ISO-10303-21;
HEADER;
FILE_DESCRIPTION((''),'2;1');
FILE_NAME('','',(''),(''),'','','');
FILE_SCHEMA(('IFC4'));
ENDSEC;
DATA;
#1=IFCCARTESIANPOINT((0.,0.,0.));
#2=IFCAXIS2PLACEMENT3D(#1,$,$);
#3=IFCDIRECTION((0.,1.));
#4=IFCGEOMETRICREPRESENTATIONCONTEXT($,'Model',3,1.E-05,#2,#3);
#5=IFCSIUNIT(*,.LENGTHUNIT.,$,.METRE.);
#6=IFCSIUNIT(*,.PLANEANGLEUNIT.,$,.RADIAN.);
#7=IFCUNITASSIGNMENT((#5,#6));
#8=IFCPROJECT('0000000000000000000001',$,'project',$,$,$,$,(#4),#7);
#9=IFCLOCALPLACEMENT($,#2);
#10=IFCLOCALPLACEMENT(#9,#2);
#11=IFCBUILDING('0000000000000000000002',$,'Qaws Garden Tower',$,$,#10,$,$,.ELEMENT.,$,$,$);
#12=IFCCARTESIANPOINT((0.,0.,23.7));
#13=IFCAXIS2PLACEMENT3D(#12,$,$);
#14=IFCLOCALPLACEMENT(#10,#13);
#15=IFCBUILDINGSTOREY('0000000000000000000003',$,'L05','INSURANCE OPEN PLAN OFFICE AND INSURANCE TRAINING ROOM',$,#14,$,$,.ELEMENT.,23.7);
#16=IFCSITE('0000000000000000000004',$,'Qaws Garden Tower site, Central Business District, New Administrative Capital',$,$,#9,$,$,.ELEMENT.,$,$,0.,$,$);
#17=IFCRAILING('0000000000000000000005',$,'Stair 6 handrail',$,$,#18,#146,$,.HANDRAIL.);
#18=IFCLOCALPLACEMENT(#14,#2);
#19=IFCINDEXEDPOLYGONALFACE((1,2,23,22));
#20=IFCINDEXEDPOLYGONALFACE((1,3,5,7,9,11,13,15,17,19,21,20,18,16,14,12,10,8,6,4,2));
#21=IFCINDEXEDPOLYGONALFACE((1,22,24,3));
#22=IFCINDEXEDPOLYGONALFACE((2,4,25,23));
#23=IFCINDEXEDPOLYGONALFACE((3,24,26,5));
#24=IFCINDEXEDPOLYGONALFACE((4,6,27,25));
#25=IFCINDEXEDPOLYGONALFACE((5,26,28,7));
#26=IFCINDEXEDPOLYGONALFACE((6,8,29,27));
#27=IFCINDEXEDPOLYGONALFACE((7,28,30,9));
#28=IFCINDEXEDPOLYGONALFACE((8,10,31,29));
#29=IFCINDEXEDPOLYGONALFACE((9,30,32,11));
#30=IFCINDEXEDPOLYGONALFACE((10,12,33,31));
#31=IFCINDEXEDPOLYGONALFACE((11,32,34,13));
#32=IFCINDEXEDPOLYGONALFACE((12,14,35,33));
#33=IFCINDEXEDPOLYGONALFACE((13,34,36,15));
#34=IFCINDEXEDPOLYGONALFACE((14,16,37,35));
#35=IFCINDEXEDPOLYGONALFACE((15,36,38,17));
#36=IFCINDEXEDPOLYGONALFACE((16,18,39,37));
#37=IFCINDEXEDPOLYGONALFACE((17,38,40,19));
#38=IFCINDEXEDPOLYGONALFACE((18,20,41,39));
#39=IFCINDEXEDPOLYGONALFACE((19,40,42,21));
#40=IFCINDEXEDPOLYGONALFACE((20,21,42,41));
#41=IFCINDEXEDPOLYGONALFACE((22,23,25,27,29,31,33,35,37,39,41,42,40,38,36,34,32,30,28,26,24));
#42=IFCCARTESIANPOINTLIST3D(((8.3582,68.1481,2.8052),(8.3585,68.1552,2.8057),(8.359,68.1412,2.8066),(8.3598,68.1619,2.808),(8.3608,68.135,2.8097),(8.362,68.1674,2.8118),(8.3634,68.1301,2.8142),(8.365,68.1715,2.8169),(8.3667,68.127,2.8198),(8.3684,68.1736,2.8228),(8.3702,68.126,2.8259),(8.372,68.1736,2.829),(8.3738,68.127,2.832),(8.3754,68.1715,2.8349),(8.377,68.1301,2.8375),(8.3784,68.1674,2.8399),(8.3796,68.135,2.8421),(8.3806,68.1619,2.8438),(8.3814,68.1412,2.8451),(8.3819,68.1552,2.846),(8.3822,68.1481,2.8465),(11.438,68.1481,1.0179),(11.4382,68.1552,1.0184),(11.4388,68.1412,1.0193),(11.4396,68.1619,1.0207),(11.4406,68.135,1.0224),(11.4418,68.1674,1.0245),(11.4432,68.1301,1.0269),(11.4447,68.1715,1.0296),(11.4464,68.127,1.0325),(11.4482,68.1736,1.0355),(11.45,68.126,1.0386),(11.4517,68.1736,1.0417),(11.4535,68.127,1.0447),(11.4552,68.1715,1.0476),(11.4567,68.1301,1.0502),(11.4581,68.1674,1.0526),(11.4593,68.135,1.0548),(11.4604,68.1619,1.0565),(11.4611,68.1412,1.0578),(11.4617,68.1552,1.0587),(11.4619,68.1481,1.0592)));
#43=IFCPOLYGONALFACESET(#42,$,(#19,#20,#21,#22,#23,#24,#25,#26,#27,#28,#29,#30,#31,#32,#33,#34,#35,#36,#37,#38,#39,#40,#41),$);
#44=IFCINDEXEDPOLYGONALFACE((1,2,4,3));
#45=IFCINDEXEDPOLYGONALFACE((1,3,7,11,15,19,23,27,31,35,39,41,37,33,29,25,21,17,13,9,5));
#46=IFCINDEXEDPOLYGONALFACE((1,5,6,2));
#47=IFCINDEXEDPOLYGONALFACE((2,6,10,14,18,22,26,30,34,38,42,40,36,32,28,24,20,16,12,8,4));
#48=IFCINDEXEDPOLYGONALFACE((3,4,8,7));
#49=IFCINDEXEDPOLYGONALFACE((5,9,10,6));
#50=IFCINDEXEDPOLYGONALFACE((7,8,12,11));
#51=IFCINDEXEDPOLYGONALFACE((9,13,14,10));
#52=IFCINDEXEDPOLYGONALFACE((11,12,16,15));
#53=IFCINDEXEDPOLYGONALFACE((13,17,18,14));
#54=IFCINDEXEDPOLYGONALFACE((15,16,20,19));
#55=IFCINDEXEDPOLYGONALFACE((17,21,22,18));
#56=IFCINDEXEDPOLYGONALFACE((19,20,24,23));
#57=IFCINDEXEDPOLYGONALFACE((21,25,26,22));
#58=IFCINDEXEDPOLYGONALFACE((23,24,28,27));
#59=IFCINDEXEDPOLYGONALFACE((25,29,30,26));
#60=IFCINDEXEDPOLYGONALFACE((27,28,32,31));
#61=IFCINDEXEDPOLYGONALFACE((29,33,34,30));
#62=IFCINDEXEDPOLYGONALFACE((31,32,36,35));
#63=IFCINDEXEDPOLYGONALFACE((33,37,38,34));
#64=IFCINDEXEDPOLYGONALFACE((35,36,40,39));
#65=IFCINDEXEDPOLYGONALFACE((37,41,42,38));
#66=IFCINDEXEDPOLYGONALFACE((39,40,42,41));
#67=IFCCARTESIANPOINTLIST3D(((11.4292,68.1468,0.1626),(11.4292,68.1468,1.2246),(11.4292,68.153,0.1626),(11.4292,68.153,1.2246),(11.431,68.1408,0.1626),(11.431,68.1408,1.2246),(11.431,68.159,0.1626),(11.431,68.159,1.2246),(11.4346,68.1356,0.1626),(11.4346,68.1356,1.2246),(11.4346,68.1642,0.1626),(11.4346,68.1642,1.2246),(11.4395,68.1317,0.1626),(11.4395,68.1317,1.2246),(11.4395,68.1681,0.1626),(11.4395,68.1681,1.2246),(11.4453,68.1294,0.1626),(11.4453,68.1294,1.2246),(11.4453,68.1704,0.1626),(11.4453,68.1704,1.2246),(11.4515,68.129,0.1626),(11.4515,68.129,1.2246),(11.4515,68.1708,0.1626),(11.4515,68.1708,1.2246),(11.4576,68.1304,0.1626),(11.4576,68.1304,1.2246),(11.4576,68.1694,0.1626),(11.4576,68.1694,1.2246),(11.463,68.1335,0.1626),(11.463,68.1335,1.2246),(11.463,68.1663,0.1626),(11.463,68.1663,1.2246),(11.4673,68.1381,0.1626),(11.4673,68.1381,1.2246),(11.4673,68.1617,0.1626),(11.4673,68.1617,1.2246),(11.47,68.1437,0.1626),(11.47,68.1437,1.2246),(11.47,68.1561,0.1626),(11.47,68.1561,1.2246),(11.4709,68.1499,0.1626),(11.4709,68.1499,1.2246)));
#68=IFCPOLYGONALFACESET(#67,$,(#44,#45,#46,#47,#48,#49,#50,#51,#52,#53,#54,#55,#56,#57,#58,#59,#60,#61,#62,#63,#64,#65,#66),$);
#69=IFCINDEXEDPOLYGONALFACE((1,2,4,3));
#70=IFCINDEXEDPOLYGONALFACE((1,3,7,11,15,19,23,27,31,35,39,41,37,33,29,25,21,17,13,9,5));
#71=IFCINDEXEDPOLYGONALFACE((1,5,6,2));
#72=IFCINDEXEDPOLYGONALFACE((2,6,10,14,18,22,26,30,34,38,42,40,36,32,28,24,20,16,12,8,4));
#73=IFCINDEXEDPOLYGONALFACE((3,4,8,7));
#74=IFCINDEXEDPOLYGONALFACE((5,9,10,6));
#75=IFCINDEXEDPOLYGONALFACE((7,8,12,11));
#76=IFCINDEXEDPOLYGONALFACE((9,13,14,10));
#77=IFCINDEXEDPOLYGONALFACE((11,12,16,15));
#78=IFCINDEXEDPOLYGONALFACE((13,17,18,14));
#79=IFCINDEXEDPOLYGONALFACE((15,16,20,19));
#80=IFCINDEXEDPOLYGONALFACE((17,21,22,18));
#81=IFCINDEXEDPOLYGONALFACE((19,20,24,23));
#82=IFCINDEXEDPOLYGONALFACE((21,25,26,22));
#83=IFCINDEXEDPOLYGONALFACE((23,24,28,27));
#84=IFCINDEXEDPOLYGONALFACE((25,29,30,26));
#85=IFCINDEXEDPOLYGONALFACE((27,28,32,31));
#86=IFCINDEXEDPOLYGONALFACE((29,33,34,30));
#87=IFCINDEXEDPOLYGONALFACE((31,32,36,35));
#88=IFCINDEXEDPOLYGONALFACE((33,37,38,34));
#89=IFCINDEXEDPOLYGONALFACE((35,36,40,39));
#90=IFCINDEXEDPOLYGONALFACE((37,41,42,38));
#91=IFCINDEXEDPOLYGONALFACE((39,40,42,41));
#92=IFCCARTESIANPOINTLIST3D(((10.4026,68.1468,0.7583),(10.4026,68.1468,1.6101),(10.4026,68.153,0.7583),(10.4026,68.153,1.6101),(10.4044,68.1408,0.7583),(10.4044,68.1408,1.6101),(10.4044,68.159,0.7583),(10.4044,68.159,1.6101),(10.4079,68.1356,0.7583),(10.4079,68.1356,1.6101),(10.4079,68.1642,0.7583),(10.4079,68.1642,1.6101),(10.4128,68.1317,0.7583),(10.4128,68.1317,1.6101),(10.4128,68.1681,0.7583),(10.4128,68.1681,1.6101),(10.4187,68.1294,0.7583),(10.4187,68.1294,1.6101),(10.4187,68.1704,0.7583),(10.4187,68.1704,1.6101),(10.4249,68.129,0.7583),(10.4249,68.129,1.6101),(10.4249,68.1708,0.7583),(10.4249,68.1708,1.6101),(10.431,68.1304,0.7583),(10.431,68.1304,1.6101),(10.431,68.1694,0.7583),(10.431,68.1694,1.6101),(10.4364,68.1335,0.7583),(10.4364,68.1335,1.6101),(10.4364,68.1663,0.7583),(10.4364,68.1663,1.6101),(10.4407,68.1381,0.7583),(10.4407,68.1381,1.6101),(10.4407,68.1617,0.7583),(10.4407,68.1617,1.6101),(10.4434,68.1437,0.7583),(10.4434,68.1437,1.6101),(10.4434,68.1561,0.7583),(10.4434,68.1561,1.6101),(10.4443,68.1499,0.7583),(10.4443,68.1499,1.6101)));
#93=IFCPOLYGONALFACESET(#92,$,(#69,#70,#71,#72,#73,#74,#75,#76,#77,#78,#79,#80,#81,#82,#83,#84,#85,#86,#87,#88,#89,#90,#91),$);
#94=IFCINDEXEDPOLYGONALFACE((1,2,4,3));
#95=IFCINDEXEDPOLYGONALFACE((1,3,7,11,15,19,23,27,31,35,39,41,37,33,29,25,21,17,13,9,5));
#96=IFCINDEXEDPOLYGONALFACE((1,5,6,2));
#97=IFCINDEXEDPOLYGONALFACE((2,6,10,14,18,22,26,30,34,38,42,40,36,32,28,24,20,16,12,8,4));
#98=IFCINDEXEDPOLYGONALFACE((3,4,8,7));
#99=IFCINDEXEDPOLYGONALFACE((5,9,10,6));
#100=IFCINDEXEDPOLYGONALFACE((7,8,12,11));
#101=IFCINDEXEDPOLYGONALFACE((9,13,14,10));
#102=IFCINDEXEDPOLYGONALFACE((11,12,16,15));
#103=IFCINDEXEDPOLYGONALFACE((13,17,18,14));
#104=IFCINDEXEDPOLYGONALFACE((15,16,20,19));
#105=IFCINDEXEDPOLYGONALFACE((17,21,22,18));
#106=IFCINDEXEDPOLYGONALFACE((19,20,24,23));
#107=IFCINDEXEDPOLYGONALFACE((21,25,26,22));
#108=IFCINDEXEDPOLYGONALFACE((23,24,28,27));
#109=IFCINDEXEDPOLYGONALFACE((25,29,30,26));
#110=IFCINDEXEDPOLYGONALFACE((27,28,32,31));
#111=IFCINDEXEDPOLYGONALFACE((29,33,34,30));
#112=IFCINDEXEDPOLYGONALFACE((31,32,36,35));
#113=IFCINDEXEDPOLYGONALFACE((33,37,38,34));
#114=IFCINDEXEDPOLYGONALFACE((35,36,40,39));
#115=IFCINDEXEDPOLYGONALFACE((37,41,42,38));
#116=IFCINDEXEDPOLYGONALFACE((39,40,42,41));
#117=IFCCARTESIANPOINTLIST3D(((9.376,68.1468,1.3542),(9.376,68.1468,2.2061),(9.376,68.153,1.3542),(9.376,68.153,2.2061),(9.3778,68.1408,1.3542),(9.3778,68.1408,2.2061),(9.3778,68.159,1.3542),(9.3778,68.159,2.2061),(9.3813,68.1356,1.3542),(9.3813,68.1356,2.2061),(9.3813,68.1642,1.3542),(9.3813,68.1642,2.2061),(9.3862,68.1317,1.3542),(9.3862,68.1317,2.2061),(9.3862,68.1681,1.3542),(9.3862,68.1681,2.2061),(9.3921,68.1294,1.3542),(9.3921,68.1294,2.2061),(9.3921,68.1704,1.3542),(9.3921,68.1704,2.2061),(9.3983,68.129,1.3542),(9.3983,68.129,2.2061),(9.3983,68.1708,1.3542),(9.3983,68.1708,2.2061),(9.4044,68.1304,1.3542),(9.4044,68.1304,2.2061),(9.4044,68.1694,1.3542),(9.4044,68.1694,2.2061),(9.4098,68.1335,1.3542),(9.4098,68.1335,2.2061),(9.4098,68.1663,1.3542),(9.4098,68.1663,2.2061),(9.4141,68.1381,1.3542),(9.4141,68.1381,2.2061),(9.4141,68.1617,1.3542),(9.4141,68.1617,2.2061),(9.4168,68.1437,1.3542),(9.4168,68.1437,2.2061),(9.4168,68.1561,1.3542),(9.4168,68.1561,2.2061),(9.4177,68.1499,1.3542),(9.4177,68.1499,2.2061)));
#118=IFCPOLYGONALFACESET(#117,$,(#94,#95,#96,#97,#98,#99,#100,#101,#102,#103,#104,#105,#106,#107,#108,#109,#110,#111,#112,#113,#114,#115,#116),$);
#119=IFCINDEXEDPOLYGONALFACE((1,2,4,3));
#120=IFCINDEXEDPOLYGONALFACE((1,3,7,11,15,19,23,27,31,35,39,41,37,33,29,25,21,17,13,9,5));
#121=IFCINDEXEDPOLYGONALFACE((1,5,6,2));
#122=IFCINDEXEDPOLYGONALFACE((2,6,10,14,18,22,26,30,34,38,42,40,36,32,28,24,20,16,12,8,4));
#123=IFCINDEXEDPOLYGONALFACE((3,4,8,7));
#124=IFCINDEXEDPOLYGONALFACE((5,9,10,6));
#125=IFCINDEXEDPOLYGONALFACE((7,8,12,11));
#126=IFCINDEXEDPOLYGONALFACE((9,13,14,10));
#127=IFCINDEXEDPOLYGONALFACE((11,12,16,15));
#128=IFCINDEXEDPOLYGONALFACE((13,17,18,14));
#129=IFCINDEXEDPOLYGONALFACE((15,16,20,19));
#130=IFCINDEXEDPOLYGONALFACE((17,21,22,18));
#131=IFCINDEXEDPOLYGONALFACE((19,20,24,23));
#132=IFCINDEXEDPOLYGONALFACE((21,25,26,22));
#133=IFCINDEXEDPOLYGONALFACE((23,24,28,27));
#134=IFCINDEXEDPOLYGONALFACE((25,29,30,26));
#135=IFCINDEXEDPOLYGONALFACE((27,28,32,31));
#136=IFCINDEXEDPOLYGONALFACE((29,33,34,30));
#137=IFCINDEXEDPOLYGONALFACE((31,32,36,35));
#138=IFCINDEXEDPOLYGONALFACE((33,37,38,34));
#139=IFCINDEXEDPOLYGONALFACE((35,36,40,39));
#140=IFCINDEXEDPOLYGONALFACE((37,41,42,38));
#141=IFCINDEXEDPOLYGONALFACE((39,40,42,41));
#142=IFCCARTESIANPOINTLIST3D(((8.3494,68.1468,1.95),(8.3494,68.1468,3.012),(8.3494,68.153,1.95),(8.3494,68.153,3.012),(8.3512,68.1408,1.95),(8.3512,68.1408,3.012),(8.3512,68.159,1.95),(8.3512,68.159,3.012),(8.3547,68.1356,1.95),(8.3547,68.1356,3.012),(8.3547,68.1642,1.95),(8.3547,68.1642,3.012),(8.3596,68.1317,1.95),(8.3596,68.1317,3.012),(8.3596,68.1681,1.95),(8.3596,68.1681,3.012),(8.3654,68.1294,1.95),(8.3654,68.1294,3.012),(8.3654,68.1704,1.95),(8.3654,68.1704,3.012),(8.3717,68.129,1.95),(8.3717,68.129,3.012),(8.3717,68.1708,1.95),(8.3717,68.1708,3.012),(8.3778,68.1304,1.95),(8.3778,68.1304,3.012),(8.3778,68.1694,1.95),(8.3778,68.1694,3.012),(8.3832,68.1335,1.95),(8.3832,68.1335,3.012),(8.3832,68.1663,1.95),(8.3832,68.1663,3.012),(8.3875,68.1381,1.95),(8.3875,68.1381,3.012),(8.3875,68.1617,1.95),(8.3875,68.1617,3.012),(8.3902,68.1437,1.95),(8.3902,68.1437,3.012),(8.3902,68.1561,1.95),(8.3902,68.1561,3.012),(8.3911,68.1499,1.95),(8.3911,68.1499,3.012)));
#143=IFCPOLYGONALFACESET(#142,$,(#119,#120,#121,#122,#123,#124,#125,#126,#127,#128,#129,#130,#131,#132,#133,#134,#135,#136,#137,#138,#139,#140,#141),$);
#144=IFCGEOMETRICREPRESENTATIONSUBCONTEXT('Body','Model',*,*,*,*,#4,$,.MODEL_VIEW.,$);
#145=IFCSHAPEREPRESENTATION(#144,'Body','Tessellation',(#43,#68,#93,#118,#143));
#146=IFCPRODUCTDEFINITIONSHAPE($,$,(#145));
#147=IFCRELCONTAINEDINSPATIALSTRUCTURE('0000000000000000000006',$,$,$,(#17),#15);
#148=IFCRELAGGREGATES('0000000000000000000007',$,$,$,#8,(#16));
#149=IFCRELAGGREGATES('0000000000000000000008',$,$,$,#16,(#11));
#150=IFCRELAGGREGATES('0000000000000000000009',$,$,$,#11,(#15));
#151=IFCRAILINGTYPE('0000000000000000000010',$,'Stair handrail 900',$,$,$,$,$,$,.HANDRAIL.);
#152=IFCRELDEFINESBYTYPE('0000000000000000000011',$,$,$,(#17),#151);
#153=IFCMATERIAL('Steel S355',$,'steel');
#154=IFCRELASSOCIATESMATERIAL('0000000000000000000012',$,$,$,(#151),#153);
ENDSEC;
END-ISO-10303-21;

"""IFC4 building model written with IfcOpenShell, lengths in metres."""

from ifc_helpers import new_model, si_unit, direction, frame, origin, origin_2d, place, context, subcontext, project, spatial, circle, extrude, material, type_object, element, save


model = new_model("IFC4")

# Units and contexts
model_context = context("Model", 3, precision=1e-05, world=origin(), true_north=direction((0.0, 1.0)))
body_context = subcontext(model_context, "Body", "Model", "MODEL_VIEW")
ifc_project = project(units=[si_unit("LENGTHUNIT", "METRE"), si_unit("PLANEANGLEUNIT", "RADIAN")], contexts=[model_context])

# Site, building, storey
site_placement = place(None, origin())
site = spatial("IfcSite", under=ifc_project, at=site_placement, Name="Qaws Garden Tower site, Central Business District, New Administrative Capital", CompositionType="ELEMENT", RefElevation=0.0)
building_placement = place(site_placement, origin())
building = spatial("IfcBuilding", under=site, at=building_placement, Name="Qaws Garden Tower", CompositionType="ELEMENT")
storey_placement = place(building_placement, frame((0.0, 0.0, 23.7)))
storey = spatial("IfcBuildingStorey", under=building, at=storey_placement, Name="L05", Description="INSURANCE OPEN PLAN OFFICE AND INSURANCE TRAINING ROOM", CompositionType="ELEMENT", Elevation=23.7)

# Railing
ifc_material_1 = material(Name="Steel S355", Category="steel")
railing_type = type_object("IfcRailingType", Name="Stair handrail 900", PredefinedType="HANDRAIL", material=ifc_material_1)
railing_1_placement = place(storey_placement, frame((11.45, 68.1499, 0.1626)))
element("IfcRailing", 1, at=railing_1_placement, inside=storey, type_object=railing_type, Name="Stair 6 handrail", PredefinedType="HANDRAIL", context=body_context, shape_type="SweptSolid", body=[
    extrude(circle(Radius=0.0239, at=origin_2d()), frame((0.0, 0.0, 0.876), z_axis=(-0.864903, 0.0, 0.501939), x_axis=(0.0, -1.0, 0.0)), (0.0, 0.0, 1.0), 3.5608),
    extrude(circle(Radius=0.021, at=origin_2d()), origin(), (0.0, 0.0, 1.0), 1.062),
    extrude(circle(Radius=0.021, at=origin_2d()), frame((-1.0266, 0.0, 0.5957)), (0.0, 0.0, 1.0), 0.8518),
    extrude(circle(Radius=0.021, at=origin_2d()), frame((-2.0532, 0.0, 1.1917)), (0.0, 0.0, 1.0), 0.8518),
    extrude(circle(Radius=0.021, at=origin_2d()), frame((-3.0798, 0.0, 1.7874)), (0.0, 0.0, 1.0), 1.062),
])

save(model, "model.ifc")
